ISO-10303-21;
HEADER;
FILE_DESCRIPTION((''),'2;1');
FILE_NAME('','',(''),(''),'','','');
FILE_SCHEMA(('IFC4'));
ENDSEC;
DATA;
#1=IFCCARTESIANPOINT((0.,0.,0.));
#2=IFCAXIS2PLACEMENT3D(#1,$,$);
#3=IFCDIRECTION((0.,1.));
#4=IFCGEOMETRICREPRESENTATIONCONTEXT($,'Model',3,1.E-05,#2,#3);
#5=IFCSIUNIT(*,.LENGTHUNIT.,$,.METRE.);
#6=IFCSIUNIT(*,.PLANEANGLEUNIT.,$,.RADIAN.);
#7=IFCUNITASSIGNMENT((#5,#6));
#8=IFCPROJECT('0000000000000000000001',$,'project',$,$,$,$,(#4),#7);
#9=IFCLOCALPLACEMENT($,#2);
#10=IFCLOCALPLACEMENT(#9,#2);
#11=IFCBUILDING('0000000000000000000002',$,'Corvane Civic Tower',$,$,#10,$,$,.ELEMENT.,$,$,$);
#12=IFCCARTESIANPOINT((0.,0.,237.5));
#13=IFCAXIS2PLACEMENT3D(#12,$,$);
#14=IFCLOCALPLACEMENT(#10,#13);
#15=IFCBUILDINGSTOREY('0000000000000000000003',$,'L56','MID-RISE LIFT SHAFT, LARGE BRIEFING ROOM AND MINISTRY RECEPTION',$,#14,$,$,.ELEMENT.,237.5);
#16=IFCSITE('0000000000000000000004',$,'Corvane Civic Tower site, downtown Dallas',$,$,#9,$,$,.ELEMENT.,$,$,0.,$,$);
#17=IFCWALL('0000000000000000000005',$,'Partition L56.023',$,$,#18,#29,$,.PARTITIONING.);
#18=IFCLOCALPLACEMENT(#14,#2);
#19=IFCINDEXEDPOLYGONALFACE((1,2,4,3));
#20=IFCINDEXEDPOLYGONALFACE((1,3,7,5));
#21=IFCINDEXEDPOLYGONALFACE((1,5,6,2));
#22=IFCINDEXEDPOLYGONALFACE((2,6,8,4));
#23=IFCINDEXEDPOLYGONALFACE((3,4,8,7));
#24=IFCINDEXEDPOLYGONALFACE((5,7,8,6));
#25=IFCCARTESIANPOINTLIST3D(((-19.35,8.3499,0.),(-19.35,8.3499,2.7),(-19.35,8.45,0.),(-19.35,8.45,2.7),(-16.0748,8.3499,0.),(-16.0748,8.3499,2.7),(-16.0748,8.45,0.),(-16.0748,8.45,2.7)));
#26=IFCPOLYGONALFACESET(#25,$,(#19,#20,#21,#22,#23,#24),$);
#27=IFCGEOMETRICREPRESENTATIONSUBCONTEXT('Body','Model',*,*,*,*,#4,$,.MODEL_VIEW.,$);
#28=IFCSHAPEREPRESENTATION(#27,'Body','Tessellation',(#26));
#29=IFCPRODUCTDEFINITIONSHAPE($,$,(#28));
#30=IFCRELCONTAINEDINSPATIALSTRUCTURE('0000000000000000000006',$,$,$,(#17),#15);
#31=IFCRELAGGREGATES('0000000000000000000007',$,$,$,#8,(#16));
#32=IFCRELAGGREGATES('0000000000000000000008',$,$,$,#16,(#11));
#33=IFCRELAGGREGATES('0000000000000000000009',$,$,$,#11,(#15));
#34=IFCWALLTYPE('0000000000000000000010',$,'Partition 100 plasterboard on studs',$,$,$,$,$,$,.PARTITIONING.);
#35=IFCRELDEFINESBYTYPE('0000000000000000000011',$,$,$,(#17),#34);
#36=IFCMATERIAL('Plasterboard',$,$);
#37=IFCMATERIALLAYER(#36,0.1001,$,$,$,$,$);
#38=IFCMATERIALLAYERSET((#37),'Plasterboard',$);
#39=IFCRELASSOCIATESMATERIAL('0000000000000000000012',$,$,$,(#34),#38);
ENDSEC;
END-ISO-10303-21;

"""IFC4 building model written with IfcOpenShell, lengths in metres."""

from ifc_helpers import new_model, si_unit, direction, frame, frame_2d, origin, place, context, subcontext, project, spatial, rectangle, extrude, material, layer, layer_set, type_object, element, save


model = new_model("IFC4")

# Units and contexts
model_context = context("Model", 3, precision=1e-05, world=origin(), true_north=direction((0.0, 1.0)))
body_context = subcontext(model_context, "Body", "Model", "MODEL_VIEW")
ifc_project = project(units=[si_unit("LENGTHUNIT", "METRE"), si_unit("PLANEANGLEUNIT", "RADIAN")], contexts=[model_context])

# Site, building, storey
site_placement = place(None, origin())
site = spatial("IfcSite", under=ifc_project, at=site_placement, Name="Corvane Civic Tower site, downtown Dallas", CompositionType="ELEMENT", RefElevation=0.0)
building_placement = place(site_placement, origin())
building = spatial("IfcBuilding", under=site, at=building_placement, Name="Corvane Civic Tower", CompositionType="ELEMENT")
storey_placement = place(building_placement, frame((0.0, 0.0, 237.5)))
storey = spatial("IfcBuildingStorey", under=building, at=storey_placement, Name="L56", Description="MID-RISE LIFT SHAFT, LARGE BRIEFING ROOM AND MINISTRY RECEPTION", CompositionType="ELEMENT", Elevation=237.5)

# Shared definitions
ifc_material_1 = material(Name="Plasterboard")
ifc_layer_1 = layer(ifc_material_1, 0.1001)
ifc_layer_set_1 = layer_set([ifc_layer_1], Name="Plasterboard")
wall_type = type_object("IfcWallType", Name="Partition 100 plasterboard on studs", PredefinedType="PARTITIONING", material=ifc_layer_set_1)

# Wall
for number, where, z_axis, x_axis, name in (
    (1, (-19.3501, 8.3999, 0.0), (0.0, 0.0, 1.0), (1.0, 0.0, 0.0), "Partition L56.023"),
):
    element("IfcWall", number, at=place(storey_placement, frame(where, z_axis=z_axis, x_axis=x_axis)), inside=storey, type_object=wall_type, Name=name, PredefinedType="PARTITIONING", context=body_context, shape_type="SweptSolid", body=[
        extrude(rectangle(XDim=3.2751, YDim=0.1001, at=frame_2d((1.6377, 0.0))), origin(), (0.0, 0.0, 1.0), 2.7),
    ])

save(model, "model.ifc")
